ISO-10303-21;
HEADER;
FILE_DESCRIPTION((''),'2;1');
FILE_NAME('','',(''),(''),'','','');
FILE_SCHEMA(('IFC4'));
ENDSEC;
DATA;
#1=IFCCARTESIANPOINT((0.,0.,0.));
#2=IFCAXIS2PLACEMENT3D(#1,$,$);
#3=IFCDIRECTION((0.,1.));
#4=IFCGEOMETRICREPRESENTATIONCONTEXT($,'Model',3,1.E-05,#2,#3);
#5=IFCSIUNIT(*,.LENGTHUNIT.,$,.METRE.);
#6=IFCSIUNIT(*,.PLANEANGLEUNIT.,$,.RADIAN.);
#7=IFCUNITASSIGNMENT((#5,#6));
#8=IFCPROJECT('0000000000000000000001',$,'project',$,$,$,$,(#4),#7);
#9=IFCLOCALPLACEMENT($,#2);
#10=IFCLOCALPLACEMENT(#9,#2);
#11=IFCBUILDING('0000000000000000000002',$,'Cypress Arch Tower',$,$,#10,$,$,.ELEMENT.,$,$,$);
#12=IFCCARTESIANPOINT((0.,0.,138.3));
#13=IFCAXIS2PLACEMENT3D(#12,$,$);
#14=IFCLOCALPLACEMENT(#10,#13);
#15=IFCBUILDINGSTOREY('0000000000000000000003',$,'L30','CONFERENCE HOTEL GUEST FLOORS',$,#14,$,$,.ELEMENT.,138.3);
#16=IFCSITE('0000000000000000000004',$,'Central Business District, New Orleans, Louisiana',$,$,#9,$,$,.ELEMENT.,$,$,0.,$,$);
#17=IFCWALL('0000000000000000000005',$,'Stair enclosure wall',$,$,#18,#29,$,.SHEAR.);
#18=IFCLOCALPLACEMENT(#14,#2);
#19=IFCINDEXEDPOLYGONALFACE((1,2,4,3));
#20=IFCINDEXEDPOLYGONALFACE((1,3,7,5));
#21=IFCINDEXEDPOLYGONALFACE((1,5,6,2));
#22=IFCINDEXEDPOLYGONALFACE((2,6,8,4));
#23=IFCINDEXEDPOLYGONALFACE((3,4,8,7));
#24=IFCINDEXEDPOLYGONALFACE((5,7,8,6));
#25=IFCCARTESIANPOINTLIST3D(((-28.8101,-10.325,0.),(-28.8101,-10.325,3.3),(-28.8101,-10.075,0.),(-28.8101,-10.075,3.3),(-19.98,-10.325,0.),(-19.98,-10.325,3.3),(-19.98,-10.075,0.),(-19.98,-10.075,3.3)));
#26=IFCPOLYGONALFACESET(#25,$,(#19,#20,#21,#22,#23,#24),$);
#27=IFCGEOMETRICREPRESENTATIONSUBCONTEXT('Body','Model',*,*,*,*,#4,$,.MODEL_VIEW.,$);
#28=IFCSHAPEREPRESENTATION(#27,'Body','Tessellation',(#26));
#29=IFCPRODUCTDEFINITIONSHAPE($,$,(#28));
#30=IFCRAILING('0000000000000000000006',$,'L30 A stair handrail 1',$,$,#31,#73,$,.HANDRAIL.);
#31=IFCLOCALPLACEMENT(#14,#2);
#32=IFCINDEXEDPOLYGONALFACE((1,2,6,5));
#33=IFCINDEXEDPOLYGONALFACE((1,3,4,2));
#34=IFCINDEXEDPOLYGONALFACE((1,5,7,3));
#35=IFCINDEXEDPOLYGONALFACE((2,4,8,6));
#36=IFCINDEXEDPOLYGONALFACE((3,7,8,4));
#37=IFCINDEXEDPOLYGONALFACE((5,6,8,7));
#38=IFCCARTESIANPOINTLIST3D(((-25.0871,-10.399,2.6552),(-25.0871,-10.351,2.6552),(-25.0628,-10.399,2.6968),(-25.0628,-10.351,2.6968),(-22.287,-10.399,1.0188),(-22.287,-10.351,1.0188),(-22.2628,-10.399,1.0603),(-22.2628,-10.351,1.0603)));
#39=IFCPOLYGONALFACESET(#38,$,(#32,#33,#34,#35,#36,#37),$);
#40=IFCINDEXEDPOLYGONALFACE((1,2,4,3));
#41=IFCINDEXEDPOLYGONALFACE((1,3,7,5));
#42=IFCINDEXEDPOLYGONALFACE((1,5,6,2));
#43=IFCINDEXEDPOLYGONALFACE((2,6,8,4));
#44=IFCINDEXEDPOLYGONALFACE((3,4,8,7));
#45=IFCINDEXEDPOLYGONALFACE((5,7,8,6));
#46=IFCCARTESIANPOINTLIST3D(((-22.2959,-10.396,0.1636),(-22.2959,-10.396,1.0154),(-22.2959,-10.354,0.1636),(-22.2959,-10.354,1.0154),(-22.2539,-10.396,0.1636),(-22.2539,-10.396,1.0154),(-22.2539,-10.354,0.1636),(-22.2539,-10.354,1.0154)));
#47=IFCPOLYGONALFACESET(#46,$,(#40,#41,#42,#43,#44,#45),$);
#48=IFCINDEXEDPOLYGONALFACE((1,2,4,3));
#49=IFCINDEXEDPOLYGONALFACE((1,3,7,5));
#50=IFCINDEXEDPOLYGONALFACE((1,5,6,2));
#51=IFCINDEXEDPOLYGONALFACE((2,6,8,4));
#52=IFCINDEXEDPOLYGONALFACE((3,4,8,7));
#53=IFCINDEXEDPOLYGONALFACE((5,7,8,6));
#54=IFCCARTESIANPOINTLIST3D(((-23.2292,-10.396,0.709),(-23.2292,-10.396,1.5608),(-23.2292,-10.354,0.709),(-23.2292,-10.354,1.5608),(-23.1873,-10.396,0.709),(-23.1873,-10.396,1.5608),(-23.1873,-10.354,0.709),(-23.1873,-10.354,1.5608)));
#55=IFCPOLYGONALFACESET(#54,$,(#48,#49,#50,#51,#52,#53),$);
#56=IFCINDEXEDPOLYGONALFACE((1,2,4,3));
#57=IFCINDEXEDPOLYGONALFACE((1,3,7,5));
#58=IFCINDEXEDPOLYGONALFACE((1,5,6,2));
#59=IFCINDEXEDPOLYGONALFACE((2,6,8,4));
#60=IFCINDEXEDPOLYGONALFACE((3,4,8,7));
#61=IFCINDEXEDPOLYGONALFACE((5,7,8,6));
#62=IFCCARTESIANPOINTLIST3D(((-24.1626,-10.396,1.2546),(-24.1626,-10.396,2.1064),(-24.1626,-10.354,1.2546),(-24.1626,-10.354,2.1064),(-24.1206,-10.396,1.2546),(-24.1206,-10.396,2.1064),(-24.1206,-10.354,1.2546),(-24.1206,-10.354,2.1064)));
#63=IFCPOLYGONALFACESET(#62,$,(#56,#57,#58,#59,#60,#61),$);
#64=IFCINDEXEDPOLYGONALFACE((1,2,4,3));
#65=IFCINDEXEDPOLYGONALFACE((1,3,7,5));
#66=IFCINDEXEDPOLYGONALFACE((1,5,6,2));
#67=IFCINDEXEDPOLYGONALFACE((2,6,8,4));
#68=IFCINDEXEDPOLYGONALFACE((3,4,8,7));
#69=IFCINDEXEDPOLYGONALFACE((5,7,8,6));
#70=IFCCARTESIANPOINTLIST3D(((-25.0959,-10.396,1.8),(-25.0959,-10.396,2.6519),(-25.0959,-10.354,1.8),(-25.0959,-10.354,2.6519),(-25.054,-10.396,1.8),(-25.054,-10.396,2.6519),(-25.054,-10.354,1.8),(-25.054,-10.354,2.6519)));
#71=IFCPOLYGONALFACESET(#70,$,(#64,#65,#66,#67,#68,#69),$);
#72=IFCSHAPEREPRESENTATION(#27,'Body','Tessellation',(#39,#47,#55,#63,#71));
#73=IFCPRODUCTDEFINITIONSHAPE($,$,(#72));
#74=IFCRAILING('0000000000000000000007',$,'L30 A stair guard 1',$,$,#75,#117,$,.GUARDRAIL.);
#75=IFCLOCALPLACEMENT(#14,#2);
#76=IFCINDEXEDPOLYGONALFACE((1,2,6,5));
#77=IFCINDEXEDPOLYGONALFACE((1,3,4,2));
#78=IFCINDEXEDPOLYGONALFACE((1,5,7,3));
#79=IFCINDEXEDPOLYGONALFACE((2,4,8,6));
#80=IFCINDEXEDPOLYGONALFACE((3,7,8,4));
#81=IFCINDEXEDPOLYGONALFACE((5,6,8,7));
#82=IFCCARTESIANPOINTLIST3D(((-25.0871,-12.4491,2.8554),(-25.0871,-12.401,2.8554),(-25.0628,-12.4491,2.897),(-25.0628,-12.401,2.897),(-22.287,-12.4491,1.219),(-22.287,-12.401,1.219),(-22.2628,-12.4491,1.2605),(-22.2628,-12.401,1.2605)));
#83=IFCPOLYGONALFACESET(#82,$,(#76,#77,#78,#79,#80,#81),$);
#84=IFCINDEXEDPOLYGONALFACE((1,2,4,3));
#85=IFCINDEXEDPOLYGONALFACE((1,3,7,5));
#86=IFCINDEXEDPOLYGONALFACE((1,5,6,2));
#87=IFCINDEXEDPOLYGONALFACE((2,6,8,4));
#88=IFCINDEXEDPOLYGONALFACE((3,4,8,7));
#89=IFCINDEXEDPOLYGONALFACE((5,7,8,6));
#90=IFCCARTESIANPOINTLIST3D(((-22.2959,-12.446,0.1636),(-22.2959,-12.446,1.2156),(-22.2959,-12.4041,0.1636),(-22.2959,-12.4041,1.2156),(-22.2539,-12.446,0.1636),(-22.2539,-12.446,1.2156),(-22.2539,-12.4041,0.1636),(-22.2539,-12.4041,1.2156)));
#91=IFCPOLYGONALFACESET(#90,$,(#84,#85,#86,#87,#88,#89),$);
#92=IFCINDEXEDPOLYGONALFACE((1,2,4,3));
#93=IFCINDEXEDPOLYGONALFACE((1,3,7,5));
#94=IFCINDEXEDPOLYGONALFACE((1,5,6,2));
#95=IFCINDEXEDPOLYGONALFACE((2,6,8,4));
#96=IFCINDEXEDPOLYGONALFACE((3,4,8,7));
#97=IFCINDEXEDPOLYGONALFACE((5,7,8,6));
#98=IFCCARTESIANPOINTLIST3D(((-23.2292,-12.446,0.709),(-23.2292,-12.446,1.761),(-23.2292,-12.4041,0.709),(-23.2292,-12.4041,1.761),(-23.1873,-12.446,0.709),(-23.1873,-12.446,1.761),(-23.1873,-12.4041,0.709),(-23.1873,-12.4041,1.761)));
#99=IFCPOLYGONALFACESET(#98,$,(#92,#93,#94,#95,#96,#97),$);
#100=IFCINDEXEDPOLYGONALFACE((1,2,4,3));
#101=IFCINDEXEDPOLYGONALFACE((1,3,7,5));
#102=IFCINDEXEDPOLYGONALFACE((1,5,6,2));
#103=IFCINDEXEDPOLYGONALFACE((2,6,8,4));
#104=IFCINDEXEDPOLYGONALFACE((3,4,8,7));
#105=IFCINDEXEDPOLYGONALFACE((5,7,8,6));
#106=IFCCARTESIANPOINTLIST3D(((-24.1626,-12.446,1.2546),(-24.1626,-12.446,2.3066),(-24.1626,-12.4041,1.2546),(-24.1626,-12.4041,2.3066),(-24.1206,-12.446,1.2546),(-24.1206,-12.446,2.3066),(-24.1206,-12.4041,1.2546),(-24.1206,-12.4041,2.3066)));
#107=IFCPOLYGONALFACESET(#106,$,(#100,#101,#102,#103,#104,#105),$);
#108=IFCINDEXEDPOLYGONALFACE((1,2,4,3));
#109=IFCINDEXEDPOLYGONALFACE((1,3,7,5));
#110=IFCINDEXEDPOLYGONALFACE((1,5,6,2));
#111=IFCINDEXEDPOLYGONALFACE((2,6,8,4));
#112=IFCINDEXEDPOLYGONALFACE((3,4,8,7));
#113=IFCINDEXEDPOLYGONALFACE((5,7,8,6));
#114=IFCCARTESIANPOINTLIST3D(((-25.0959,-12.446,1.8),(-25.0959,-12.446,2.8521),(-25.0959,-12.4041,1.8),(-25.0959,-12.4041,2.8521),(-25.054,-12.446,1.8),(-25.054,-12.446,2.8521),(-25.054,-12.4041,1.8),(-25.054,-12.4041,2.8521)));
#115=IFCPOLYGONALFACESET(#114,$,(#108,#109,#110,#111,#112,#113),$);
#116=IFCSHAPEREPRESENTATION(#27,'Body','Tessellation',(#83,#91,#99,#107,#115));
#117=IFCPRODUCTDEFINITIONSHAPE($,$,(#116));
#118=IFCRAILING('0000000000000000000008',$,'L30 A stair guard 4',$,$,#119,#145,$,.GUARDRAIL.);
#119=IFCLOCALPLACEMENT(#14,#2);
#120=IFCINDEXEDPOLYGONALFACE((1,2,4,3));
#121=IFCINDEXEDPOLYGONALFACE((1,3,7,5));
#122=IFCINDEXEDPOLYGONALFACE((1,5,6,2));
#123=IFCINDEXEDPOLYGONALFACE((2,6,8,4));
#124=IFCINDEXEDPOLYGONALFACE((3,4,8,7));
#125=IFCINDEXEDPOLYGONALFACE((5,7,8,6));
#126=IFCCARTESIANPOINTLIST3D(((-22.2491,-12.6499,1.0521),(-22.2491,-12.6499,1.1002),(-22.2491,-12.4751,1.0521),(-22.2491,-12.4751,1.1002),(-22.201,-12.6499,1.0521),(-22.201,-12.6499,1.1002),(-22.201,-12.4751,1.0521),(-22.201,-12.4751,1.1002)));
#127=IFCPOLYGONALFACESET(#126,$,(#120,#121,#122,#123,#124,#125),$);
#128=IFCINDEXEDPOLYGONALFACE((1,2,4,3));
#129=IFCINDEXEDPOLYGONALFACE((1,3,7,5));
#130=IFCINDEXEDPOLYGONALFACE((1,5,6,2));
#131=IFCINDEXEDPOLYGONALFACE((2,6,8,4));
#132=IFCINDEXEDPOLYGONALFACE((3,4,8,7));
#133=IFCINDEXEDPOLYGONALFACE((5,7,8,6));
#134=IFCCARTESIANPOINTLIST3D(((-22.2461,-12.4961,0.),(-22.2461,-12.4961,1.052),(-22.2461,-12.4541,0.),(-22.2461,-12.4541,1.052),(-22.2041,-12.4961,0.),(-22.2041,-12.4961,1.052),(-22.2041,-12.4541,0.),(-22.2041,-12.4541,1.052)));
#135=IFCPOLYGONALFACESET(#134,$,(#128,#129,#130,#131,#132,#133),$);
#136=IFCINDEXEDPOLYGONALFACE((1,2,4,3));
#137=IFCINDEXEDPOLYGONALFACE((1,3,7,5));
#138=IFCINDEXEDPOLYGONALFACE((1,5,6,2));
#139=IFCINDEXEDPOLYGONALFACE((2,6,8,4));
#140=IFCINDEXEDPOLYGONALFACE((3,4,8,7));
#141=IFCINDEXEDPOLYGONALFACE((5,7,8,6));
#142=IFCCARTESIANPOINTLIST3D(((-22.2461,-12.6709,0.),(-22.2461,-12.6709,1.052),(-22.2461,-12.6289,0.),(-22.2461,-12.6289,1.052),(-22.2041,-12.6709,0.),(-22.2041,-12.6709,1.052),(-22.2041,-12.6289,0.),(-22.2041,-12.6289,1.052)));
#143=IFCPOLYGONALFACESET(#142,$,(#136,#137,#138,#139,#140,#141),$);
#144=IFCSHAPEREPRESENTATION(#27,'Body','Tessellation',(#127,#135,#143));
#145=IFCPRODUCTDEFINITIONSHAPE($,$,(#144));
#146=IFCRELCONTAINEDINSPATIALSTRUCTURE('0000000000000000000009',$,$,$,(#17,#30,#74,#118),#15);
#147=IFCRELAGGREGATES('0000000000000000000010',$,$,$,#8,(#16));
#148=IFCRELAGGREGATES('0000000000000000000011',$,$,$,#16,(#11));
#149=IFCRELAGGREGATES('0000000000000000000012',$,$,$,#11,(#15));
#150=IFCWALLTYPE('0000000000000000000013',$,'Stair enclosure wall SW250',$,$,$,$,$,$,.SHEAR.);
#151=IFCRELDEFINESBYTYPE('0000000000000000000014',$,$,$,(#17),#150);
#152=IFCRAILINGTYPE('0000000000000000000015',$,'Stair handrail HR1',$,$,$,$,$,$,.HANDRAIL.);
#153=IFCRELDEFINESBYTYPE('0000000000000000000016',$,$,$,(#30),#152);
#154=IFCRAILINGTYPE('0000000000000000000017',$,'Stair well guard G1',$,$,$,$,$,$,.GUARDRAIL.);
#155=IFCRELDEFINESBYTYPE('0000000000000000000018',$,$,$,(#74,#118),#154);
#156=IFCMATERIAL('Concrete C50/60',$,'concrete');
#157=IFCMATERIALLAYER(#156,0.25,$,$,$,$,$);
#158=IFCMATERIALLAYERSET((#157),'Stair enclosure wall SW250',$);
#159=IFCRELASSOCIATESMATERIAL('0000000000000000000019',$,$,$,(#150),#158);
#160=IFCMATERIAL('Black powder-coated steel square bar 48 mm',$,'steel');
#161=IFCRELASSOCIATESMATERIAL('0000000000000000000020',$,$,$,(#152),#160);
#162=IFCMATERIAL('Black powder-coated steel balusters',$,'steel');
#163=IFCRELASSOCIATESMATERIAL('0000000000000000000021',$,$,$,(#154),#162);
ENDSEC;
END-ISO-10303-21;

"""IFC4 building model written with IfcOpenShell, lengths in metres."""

from ifc_helpers import new_model, si_unit, direction, frame, frame_2d, origin, origin_2d, place, context, subcontext, project, spatial, rectangle, extrude, material, layer, layer_set, type_object, element, save


model = new_model("IFC4")

# Units and contexts
model_context = context("Model", 3, precision=1e-05, world=origin(), true_north=direction((0.0, 1.0)))
body_context = subcontext(model_context, "Body", "Model", "MODEL_VIEW")
ifc_project = project(units=[si_unit("LENGTHUNIT", "METRE"), si_unit("PLANEANGLEUNIT", "RADIAN")], contexts=[model_context])

# Site, building, storey
site_placement = place(None, origin())
site = spatial("IfcSite", under=ifc_project, at=site_placement, Name="Central Business District, New Orleans, Louisiana", CompositionType="ELEMENT", RefElevation=0.0)
building_placement = place(site_placement, origin())
building = spatial("IfcBuilding", under=site, at=building_placement, Name="Cypress Arch Tower", CompositionType="ELEMENT")
storey_placement = place(building_placement, frame((0.0, 0.0, 138.3)))
storey = spatial("IfcBuildingStorey", under=building, at=storey_placement, Name="L30", Description="CONFERENCE HOTEL GUEST FLOORS", CompositionType="ELEMENT", Elevation=138.3)

# Wall
ifc_material_1 = material(Name="Concrete C50/60", Category="concrete")
ifc_layer_1 = layer(ifc_material_1, 0.25)
ifc_layer_set_1 = layer_set([ifc_layer_1], Name="Stair enclosure wall SW250")
wall_type_1 = type_object("IfcWallType", Name="Stair enclosure wall SW250", PredefinedType="SHEAR", material=ifc_layer_set_1)
wall_1_placement = place(storey_placement, frame((-28.8101, -10.2, 0.0), z_axis=(0.0, 0.0, 1.0), x_axis=(1.0, 0.0, 0.0)))
element("IfcWall", 1, at=wall_1_placement, inside=storey, type_object=wall_type_1, Name="Stair enclosure wall", PredefinedType="SHEAR", context=body_context, shape_type="SweptSolid", body=[
    extrude(rectangle(XDim=8.8301, YDim=0.25, at=frame_2d((4.415, 0.0))), origin(), (0.0, 0.0, 1.0), 3.3),
])

# Railings
ifc_material_2 = material(Name="Black powder-coated steel square bar 48 mm", Category="steel")
railing_type_1 = type_object("IfcRailingType", Name="Stair handrail HR1", PredefinedType="HANDRAIL", material=ifc_material_2)
railing_1_placement = place(storey_placement, frame((-22.2749, -10.375, 0.1636)))
element("IfcRailing", 2, at=railing_1_placement, inside=storey, type_object=railing_type_1, Name="L30 A stair handrail 1", PredefinedType="HANDRAIL", context=body_context, shape_type="SweptSolid", body=[
    extrude(rectangle(XDim=0.0481, YDim=0.0481, at=origin_2d()), frame((0.0, 0.0, 0.876), z_axis=(-0.863361, 0.0, 0.504587), x_axis=(0.0, -1.0, 0.0)), (0.0, 0.0, 1.0), 3.2432),
    extrude(rectangle(XDim=0.042, YDim=0.042, at=origin_2d()), origin(), (0.0, 0.0, 1.0), 0.8518),
    extrude(rectangle(XDim=0.042, YDim=0.042, at=origin_2d()), frame((-0.9333, 0.0, 0.5454)), (0.0, 0.0, 1.0), 0.8518),
    extrude(rectangle(XDim=0.042, YDim=0.042, at=origin_2d()), frame((-1.8667, 0.0, 1.0911)), (0.0, 0.0, 1.0), 0.8518),
    extrude(rectangle(XDim=0.042, YDim=0.042, at=origin_2d()), frame((-2.8, 0.0, 1.6365)), (0.0, 0.0, 1.0), 0.8518),
])
ifc_material_3 = material(Name="Black powder-coated steel balusters", Category="steel")
railing_type_2 = type_object("IfcRailingType", Name="Stair well guard G1", PredefinedType="GUARDRAIL", material=ifc_material_3)
railing_2_placement = place(storey_placement, frame((-22.2749, -12.425, 0.1636)))
element("IfcRailing", 3, at=railing_2_placement, inside=storey, type_object=railing_type_2, Name="L30 A stair guard 1", PredefinedType="GUARDRAIL", context=body_context, shape_type="SweptSolid", body=[
    extrude(rectangle(XDim=0.0481, YDim=0.0481, at=origin_2d()), frame((0.0, 0.0, 1.0762), z_axis=(-0.863361, 0.0, 0.504587), x_axis=(0.0, -1.0, 0.0)), (0.0, 0.0, 1.0), 3.2432),
    extrude(rectangle(XDim=0.042, YDim=0.042, at=origin_2d()), origin(), (0.0, 0.0, 1.0), 1.052),
    extrude(rectangle(XDim=0.042, YDim=0.042, at=origin_2d()), frame((-0.9333, 0.0, 0.5454)), (0.0, 0.0, 1.0), 1.052),
    extrude(rectangle(XDim=0.042, YDim=0.042, at=origin_2d()), frame((-1.8667, 0.0, 1.0911)), (0.0, 0.0, 1.0), 1.052),
    extrude(rectangle(XDim=0.042, YDim=0.042, at=origin_2d()), frame((-2.8, 0.0, 1.6365)), (0.0, 0.0, 1.0), 1.052),
])
railing_3_placement = place(storey_placement, frame((-22.2251, -12.4751, 0.0)))
element("IfcRailing", 4, at=railing_3_placement, inside=storey, type_object=railing_type_2, Name="L30 A stair guard 4", PredefinedType="GUARDRAIL", context=body_context, shape_type="SweptSolid", body=[
    extrude(rectangle(XDim=0.0481, YDim=0.0481, at=origin_2d()), frame((0.0, 0.0, 1.0762), z_axis=(0.0, -1.0, 0.0), x_axis=(1.0, 0.0, 0.0)), (0.0, 0.0, 1.0), 0.1748),
    extrude(rectangle(XDim=0.042, YDim=0.042, at=origin_2d()), origin(), (0.0, 0.0, 1.0), 1.052),
    extrude(rectangle(XDim=0.042, YDim=0.042, at=origin_2d()), frame((0.0, -0.1748, 0.0)), (0.0, 0.0, 1.0), 1.052),
])

save(model, "model.ifc")
